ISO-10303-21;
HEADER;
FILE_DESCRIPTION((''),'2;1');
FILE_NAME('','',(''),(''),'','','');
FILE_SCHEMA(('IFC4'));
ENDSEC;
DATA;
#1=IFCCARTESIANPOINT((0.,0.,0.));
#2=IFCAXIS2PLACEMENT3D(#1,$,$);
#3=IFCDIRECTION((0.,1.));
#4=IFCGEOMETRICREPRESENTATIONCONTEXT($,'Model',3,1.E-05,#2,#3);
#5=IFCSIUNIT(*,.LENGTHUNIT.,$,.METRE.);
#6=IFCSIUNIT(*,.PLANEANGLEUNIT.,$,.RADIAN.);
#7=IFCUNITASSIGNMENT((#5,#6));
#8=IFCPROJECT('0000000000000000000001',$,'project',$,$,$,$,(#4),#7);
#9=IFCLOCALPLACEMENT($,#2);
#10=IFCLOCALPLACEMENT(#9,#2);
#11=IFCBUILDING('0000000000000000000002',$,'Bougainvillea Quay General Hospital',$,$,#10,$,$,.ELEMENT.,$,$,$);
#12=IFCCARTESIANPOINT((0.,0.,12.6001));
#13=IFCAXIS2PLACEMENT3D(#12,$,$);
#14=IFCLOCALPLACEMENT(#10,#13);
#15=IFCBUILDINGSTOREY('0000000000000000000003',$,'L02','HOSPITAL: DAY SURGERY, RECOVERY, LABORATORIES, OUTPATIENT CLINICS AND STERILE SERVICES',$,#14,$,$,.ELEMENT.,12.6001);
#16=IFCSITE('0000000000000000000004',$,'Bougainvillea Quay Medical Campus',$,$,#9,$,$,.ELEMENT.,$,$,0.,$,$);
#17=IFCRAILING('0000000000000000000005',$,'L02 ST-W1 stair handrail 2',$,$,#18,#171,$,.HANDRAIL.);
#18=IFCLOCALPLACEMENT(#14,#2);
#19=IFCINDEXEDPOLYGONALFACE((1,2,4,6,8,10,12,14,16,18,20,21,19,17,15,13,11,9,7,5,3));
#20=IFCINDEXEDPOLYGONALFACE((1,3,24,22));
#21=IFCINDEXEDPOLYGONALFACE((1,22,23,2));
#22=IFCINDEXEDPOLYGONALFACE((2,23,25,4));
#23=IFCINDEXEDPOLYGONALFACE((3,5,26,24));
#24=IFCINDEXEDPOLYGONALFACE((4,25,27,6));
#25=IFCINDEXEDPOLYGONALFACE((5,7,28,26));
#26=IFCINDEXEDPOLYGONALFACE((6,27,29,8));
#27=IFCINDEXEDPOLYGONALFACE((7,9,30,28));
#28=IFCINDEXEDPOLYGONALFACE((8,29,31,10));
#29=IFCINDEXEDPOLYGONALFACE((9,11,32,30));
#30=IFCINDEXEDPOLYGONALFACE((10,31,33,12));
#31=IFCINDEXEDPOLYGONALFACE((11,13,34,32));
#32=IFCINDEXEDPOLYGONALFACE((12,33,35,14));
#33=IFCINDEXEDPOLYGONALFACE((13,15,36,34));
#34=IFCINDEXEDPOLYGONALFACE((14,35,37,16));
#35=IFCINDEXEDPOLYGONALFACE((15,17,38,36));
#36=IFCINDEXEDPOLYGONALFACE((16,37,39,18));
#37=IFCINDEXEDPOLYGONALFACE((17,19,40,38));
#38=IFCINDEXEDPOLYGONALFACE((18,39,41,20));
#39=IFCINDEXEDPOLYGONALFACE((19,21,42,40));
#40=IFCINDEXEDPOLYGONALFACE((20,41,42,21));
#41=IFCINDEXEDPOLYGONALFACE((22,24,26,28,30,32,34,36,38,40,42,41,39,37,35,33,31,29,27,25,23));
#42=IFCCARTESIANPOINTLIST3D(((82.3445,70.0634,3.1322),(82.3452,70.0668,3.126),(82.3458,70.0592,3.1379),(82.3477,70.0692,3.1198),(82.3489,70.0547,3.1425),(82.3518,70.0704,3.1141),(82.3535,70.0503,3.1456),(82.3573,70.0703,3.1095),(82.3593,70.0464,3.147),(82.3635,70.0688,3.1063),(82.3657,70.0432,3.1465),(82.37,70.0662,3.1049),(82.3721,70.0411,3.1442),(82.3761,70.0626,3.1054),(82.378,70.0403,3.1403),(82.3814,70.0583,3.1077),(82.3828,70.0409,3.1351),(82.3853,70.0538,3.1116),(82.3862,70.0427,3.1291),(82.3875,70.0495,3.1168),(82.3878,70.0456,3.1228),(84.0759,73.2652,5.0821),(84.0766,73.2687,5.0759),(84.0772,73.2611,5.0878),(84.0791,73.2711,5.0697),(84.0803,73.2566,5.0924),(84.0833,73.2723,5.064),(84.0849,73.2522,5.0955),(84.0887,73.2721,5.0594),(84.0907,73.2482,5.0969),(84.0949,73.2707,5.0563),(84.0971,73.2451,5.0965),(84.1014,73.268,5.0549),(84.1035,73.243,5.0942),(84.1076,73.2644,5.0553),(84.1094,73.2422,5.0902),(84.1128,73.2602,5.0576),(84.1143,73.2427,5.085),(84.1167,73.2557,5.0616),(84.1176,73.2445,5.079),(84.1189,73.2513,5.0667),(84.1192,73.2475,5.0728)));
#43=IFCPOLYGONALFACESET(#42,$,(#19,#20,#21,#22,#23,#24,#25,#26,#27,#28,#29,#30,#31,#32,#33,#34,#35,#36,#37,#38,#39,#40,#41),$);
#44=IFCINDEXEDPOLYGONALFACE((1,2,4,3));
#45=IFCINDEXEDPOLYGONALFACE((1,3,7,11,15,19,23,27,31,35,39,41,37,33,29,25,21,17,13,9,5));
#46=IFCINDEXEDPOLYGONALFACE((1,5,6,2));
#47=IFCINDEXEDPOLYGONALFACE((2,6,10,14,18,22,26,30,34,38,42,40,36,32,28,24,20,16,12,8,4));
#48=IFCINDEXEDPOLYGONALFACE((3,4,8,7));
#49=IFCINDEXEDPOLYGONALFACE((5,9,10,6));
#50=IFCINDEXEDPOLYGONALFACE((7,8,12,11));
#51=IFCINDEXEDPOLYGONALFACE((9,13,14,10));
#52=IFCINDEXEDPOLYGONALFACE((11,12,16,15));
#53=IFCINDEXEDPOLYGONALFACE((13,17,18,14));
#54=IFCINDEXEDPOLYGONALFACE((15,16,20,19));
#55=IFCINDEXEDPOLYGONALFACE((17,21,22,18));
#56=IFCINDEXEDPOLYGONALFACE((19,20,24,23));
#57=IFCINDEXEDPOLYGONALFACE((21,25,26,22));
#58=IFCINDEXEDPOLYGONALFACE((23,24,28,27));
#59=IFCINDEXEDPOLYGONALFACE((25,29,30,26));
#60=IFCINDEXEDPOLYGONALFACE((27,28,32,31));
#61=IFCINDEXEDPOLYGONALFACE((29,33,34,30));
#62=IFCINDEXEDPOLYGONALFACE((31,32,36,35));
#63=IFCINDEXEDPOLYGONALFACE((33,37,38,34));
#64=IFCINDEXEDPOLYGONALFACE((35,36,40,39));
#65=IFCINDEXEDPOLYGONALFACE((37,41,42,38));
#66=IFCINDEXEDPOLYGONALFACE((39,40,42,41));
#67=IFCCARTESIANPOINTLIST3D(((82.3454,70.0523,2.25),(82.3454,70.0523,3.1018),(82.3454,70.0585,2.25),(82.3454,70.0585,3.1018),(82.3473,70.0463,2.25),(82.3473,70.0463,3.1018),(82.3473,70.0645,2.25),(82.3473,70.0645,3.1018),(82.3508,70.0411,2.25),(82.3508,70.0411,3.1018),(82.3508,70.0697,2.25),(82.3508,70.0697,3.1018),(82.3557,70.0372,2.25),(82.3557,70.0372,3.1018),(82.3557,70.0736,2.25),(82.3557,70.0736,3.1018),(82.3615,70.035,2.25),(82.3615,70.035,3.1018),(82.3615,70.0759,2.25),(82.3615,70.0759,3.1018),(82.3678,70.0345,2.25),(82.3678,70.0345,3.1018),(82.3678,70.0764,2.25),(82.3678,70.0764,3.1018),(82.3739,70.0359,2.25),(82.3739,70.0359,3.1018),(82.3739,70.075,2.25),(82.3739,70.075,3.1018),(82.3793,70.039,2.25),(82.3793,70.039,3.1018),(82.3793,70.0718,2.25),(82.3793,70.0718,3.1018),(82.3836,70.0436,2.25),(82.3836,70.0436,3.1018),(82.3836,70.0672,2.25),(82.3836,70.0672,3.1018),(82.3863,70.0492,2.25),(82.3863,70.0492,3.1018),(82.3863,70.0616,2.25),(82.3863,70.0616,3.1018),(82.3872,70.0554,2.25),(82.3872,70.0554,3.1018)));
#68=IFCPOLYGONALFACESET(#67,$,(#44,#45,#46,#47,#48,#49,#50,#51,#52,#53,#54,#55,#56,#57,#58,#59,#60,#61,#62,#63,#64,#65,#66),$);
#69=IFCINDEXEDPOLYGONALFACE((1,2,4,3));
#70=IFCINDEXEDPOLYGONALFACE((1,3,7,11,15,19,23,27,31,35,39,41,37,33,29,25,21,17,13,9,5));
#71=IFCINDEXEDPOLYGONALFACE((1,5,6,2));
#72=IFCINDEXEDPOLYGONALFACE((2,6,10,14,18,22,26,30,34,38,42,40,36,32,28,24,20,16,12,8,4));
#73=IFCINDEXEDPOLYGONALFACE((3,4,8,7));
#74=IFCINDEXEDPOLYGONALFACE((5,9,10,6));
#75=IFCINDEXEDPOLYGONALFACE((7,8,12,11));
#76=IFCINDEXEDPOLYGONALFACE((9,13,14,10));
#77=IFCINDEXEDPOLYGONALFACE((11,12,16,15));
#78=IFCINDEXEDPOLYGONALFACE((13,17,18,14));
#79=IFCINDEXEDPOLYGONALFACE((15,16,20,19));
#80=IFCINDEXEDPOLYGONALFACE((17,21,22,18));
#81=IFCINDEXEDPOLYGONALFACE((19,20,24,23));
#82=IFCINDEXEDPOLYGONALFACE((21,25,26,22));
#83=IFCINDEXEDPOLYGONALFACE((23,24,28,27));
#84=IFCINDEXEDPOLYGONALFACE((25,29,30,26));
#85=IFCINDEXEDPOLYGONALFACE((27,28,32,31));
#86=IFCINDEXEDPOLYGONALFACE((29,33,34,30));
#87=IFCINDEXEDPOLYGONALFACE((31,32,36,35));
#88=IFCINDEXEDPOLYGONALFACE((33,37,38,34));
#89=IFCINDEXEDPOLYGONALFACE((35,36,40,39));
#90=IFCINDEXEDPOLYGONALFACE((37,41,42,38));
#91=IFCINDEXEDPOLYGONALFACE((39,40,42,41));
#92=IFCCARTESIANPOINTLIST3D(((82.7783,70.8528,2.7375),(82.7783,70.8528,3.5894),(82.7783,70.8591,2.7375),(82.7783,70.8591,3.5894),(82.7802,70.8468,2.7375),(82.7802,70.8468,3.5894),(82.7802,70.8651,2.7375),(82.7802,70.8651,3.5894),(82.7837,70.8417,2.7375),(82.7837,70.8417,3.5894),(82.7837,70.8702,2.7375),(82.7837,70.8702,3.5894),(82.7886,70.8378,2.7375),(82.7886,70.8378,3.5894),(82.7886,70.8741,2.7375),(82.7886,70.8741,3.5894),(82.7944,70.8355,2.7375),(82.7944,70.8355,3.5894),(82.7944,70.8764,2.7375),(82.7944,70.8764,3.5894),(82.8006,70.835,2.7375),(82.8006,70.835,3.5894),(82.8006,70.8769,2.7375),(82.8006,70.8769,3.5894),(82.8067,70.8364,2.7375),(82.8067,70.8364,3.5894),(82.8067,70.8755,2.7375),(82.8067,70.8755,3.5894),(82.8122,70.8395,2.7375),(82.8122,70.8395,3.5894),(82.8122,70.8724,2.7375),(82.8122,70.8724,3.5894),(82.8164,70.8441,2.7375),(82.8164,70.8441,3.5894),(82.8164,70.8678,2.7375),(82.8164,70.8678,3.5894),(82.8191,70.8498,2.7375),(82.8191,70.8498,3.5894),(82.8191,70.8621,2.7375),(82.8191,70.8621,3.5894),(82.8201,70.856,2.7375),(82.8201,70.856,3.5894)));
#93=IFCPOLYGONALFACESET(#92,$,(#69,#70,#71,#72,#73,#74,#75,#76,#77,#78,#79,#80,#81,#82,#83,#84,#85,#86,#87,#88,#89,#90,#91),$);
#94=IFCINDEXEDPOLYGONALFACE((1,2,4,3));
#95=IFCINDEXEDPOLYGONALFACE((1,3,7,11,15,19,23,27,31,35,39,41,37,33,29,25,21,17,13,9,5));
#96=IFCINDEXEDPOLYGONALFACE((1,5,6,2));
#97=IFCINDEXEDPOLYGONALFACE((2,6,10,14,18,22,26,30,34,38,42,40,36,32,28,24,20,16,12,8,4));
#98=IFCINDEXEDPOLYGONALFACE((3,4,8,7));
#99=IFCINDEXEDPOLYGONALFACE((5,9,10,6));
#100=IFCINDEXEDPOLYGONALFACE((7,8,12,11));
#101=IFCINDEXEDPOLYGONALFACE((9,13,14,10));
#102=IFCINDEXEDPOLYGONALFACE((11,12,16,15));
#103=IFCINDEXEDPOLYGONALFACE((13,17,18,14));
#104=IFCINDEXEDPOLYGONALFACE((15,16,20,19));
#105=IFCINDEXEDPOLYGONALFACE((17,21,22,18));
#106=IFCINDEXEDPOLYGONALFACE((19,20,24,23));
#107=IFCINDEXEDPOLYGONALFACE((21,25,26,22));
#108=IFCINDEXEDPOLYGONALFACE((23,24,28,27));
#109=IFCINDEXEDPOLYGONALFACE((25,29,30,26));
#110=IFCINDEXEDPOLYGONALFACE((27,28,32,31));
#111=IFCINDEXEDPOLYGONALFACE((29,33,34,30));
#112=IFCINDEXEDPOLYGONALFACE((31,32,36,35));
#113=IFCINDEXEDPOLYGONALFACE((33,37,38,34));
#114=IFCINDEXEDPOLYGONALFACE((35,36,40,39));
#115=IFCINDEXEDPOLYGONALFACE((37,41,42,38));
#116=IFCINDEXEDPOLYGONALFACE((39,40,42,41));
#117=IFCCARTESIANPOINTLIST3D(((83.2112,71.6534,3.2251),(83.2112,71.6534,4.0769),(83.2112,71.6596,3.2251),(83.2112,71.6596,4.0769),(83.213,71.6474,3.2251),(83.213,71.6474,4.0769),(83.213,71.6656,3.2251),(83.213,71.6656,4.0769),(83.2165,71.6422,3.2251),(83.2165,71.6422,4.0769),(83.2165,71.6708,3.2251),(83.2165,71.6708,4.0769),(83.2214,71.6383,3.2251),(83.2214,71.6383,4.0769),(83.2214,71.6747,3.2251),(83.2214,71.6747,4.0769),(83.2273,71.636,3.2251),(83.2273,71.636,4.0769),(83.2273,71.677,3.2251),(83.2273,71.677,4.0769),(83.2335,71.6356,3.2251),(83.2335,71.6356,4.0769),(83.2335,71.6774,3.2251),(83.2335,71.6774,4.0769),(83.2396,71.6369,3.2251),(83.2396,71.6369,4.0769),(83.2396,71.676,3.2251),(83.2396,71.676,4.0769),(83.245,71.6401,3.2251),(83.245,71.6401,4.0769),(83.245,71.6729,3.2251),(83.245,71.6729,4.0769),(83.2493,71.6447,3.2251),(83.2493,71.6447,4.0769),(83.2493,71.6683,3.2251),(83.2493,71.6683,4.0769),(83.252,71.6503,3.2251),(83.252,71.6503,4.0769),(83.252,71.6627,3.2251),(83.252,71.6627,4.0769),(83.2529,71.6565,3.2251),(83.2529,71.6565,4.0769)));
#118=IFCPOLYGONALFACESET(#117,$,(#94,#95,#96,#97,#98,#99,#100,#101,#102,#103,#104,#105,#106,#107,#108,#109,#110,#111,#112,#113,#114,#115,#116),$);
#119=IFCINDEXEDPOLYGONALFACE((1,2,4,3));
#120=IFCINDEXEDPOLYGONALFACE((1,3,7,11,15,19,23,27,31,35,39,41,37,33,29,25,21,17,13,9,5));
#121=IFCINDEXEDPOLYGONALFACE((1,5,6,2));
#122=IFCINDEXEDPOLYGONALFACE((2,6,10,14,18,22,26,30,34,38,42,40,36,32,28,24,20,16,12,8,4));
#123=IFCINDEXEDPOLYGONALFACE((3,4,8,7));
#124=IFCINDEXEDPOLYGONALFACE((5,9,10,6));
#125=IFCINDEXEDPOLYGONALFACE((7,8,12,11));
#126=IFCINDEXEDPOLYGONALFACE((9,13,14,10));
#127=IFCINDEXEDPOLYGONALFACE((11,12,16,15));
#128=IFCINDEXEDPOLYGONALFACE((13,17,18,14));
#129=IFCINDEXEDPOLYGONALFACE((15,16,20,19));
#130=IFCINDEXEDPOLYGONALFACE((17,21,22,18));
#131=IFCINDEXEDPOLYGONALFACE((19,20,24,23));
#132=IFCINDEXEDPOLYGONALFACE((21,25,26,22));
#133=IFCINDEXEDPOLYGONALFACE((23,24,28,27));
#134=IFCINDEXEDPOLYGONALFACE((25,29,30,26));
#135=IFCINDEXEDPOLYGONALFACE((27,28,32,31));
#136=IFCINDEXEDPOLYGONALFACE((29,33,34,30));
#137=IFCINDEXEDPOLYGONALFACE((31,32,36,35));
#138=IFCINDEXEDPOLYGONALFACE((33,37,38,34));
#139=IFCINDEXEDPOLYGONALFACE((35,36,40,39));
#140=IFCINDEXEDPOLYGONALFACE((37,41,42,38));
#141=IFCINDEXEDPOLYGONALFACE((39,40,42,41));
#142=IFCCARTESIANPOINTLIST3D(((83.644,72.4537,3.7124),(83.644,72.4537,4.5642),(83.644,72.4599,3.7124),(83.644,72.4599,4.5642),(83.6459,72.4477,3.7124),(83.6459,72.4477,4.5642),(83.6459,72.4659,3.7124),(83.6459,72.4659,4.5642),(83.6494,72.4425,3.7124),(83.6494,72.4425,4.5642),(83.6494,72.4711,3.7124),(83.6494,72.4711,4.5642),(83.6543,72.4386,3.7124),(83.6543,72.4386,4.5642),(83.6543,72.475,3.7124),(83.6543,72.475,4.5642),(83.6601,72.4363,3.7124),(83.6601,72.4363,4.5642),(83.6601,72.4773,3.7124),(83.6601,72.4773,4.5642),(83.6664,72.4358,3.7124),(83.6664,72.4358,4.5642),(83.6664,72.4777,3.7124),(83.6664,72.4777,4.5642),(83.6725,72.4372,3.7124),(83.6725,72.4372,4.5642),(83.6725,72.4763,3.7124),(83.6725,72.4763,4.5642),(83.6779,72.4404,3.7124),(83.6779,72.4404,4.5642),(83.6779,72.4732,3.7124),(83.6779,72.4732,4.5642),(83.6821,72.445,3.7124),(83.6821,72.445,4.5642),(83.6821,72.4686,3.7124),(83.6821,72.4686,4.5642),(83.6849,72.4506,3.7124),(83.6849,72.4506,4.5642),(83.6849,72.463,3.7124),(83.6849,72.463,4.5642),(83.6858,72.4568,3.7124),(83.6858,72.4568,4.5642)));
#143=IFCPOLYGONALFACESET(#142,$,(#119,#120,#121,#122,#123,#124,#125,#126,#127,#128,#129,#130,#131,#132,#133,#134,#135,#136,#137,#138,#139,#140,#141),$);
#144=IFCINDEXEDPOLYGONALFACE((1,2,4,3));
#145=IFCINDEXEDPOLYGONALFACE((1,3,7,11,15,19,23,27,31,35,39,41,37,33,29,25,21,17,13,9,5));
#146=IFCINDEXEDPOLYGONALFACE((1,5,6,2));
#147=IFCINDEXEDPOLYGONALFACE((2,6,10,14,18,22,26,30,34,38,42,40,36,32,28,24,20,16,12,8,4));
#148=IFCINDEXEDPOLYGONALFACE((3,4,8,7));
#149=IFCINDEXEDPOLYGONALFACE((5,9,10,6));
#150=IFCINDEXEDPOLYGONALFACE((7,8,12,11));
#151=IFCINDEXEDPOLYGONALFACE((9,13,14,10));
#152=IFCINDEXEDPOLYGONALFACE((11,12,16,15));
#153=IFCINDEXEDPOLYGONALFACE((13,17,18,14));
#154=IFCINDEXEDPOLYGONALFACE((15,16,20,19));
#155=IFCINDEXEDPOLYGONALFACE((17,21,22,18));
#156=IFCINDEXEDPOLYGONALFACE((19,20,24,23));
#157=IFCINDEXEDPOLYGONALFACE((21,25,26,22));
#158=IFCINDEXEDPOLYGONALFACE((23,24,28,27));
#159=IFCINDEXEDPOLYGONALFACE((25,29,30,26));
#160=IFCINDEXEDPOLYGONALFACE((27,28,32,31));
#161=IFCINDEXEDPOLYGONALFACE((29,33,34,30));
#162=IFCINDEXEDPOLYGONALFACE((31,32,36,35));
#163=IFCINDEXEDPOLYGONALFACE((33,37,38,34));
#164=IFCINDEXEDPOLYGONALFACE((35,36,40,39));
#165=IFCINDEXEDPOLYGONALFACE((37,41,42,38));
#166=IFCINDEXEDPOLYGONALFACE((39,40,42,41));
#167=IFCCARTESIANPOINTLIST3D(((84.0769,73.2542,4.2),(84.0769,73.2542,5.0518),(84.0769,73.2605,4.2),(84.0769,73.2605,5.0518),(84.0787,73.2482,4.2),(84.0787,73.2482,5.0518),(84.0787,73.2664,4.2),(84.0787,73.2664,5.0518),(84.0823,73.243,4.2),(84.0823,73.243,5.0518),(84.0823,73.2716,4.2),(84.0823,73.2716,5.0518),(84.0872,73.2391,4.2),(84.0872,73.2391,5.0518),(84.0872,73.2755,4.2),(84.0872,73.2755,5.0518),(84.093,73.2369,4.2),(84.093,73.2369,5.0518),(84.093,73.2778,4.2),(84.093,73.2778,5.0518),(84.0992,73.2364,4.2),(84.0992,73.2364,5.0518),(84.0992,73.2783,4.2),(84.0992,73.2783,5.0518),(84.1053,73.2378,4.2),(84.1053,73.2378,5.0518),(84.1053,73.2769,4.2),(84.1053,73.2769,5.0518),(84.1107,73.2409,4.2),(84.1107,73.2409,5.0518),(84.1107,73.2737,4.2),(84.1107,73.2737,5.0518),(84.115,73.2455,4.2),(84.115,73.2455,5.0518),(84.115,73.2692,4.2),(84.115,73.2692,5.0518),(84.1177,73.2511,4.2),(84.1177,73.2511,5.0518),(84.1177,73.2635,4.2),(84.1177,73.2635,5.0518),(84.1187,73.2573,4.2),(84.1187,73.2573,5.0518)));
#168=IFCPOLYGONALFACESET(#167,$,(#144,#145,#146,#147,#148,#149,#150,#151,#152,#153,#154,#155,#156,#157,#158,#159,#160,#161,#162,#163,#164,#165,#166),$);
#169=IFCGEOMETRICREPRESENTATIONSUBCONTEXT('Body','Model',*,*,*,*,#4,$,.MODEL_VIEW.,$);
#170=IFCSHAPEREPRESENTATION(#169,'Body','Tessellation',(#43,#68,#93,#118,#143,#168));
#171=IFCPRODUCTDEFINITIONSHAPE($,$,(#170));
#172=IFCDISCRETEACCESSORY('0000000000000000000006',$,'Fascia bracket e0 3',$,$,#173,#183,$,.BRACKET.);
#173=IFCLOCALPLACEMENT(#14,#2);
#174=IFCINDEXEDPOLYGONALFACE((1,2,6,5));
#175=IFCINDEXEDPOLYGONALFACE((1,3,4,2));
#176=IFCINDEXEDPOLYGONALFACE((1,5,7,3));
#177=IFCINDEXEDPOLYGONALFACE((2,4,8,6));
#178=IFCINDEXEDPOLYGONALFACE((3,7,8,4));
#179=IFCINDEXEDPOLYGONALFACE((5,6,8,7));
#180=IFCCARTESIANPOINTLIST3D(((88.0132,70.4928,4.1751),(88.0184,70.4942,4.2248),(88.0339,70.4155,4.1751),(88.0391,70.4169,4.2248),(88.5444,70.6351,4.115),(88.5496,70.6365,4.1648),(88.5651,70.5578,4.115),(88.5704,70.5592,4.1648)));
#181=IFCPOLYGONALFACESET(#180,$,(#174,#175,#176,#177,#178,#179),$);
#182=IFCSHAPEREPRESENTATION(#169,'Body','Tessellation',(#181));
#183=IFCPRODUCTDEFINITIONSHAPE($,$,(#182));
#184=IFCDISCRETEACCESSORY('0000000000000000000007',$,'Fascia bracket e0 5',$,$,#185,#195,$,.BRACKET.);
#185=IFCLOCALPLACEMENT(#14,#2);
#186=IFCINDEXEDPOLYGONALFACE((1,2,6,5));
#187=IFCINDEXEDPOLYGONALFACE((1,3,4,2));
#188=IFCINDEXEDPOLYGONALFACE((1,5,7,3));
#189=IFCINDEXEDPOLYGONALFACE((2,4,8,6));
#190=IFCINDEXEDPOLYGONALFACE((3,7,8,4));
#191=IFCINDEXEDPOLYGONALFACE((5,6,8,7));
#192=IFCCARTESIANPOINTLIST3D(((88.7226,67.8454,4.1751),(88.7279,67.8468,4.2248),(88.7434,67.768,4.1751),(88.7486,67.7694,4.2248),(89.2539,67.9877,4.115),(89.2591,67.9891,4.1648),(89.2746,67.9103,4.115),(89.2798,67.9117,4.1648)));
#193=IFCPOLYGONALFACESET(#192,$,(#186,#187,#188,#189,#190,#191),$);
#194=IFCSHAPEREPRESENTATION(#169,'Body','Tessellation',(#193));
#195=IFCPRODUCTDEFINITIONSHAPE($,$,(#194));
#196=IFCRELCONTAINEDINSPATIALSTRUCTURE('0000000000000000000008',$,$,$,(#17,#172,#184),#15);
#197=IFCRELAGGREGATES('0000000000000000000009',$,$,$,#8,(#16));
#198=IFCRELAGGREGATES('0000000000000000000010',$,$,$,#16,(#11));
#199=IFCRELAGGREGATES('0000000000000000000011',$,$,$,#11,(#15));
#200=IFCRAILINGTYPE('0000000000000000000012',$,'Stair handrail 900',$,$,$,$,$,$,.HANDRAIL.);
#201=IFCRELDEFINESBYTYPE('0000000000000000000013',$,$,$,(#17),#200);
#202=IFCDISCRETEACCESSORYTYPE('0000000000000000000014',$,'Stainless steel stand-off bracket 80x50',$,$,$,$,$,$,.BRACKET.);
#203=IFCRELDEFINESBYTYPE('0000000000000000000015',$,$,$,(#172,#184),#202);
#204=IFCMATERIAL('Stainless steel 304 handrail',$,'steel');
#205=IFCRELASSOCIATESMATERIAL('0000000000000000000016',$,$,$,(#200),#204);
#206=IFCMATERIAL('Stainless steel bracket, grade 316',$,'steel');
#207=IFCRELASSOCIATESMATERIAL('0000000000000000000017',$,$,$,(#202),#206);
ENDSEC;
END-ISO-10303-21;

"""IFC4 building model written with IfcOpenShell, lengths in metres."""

from ifc_helpers import new_model, si_unit, direction, frame, origin, origin_2d, place, context, subcontext, project, spatial, rectangle, circle, extrude, material, material_profile, profile_set, type_object, element, save


model = new_model("IFC4")

# Units and contexts
model_context = context("Model", 3, precision=1e-05, world=origin(), true_north=direction((0.0, 1.0)))
body_context = subcontext(model_context, "Body", "Model", "MODEL_VIEW")
ifc_project = project(units=[si_unit("LENGTHUNIT", "METRE"), si_unit("PLANEANGLEUNIT", "RADIAN")], contexts=[model_context])

# Site, building, storey
site_placement = place(None, origin())
site = spatial("IfcSite", under=ifc_project, at=site_placement, Name="Bougainvillea Quay Medical Campus", CompositionType="ELEMENT", RefElevation=0.0)
building_placement = place(site_placement, origin())
building = spatial("IfcBuilding", under=site, at=building_placement, Name="Bougainvillea Quay General Hospital", CompositionType="ELEMENT")
storey_placement = place(building_placement, frame((0.0, 0.0, 12.6001)))
storey = spatial("IfcBuildingStorey", under=building, at=storey_placement, Name="L02", Description="HOSPITAL: DAY SURGERY, RECOVERY, LABORATORIES, OUTPATIENT CLINICS AND STERILE SERVICES", CompositionType="ELEMENT", Elevation=12.6001)

# Railing
ifc_material_1 = material(Name="Stainless steel 304 handrail", Category="steel")
railing_type = type_object("IfcRailingType", Name="Stair handrail 900", PredefinedType="HANDRAIL", material=ifc_material_1)
railing_placement = place(storey_placement, frame((82.3662, 70.0554, 2.25)))
element("IfcRailing", 1, at=railing_placement, inside=storey, type_object=railing_type, Name="L02 ST-W1 stair handrail 2", PredefinedType="HANDRAIL", context=body_context, shape_type="SweptSolid", body=[
    extrude(circle(Radius=0.0239, at=origin_2d()), frame((0.0, 0.0, 0.876), z_axis=(0.419291, 0.775382, 0.472205), x_axis=(-0.879628, 0.475663, 0.0)), (0.0, 0.0, 1.0), 4.1294),
    extrude(circle(Radius=0.021, at=origin_2d()), origin(), (0.0, 0.0, 1.0), 0.8518),
    extrude(circle(Radius=0.021, at=origin_2d()), frame((0.4329, 0.8005, 0.4875)), (0.0, 0.0, 1.0), 0.8518),
    extrude(circle(Radius=0.021, at=origin_2d()), frame((0.8657, 1.6011, 0.9751)), (0.0, 0.0, 1.0), 0.8518),
    extrude(circle(Radius=0.021, at=origin_2d()), frame((1.2986, 2.4014, 1.4624)), (0.0, 0.0, 1.0), 0.8518),
    extrude(circle(Radius=0.021, at=origin_2d()), frame((1.7314, 3.2019, 1.95)), (0.0, 0.0, 1.0), 0.8518),
])

# Discrete accessories
ifc_material_2 = material(Name="Stainless steel bracket, grade 316", Category="steel")
ifc_material_profile_1 = material_profile(ifc_material_2, rectangle(XDim=0.0801, YDim=0.05, at=origin_2d()))
ifc_profile_set_1 = profile_set([ifc_material_profile_1], Name="Stainless steel bracket, grade 316")
discrete_accessory_type = type_object("IfcDiscreteAccessoryType", Name="Stainless steel stand-off bracket 80x50", PredefinedType="BRACKET", material=ifc_profile_set_1)
for number, where, z_axis, x_axis, name in (
    (2, (88.5574, 70.5972, 4.1399), (-0.960224, -0.257266, 0.108555), (0.258795, -0.965932, 0.0), "Fascia bracket e0 3"),
    (3, (89.2668, 67.9497, 4.1399), (-0.960224, -0.257266, 0.108555), (0.258795, -0.965932, 0.0), "Fascia bracket e0 5"),
):
    element("IfcDiscreteAccessory", number, at=place(storey_placement, frame(where, z_axis=z_axis, x_axis=x_axis)), inside=storey, type_object=discrete_accessory_type, Name=name, PredefinedType="BRACKET", context=body_context, shape_type="SweptSolid", body=[
        extrude(rectangle(XDim=0.0801, YDim=0.05, at=origin_2d()), origin(), (0.0, 0.0, 1.0), 0.5532),
    ])

save(model, "model.ifc")
